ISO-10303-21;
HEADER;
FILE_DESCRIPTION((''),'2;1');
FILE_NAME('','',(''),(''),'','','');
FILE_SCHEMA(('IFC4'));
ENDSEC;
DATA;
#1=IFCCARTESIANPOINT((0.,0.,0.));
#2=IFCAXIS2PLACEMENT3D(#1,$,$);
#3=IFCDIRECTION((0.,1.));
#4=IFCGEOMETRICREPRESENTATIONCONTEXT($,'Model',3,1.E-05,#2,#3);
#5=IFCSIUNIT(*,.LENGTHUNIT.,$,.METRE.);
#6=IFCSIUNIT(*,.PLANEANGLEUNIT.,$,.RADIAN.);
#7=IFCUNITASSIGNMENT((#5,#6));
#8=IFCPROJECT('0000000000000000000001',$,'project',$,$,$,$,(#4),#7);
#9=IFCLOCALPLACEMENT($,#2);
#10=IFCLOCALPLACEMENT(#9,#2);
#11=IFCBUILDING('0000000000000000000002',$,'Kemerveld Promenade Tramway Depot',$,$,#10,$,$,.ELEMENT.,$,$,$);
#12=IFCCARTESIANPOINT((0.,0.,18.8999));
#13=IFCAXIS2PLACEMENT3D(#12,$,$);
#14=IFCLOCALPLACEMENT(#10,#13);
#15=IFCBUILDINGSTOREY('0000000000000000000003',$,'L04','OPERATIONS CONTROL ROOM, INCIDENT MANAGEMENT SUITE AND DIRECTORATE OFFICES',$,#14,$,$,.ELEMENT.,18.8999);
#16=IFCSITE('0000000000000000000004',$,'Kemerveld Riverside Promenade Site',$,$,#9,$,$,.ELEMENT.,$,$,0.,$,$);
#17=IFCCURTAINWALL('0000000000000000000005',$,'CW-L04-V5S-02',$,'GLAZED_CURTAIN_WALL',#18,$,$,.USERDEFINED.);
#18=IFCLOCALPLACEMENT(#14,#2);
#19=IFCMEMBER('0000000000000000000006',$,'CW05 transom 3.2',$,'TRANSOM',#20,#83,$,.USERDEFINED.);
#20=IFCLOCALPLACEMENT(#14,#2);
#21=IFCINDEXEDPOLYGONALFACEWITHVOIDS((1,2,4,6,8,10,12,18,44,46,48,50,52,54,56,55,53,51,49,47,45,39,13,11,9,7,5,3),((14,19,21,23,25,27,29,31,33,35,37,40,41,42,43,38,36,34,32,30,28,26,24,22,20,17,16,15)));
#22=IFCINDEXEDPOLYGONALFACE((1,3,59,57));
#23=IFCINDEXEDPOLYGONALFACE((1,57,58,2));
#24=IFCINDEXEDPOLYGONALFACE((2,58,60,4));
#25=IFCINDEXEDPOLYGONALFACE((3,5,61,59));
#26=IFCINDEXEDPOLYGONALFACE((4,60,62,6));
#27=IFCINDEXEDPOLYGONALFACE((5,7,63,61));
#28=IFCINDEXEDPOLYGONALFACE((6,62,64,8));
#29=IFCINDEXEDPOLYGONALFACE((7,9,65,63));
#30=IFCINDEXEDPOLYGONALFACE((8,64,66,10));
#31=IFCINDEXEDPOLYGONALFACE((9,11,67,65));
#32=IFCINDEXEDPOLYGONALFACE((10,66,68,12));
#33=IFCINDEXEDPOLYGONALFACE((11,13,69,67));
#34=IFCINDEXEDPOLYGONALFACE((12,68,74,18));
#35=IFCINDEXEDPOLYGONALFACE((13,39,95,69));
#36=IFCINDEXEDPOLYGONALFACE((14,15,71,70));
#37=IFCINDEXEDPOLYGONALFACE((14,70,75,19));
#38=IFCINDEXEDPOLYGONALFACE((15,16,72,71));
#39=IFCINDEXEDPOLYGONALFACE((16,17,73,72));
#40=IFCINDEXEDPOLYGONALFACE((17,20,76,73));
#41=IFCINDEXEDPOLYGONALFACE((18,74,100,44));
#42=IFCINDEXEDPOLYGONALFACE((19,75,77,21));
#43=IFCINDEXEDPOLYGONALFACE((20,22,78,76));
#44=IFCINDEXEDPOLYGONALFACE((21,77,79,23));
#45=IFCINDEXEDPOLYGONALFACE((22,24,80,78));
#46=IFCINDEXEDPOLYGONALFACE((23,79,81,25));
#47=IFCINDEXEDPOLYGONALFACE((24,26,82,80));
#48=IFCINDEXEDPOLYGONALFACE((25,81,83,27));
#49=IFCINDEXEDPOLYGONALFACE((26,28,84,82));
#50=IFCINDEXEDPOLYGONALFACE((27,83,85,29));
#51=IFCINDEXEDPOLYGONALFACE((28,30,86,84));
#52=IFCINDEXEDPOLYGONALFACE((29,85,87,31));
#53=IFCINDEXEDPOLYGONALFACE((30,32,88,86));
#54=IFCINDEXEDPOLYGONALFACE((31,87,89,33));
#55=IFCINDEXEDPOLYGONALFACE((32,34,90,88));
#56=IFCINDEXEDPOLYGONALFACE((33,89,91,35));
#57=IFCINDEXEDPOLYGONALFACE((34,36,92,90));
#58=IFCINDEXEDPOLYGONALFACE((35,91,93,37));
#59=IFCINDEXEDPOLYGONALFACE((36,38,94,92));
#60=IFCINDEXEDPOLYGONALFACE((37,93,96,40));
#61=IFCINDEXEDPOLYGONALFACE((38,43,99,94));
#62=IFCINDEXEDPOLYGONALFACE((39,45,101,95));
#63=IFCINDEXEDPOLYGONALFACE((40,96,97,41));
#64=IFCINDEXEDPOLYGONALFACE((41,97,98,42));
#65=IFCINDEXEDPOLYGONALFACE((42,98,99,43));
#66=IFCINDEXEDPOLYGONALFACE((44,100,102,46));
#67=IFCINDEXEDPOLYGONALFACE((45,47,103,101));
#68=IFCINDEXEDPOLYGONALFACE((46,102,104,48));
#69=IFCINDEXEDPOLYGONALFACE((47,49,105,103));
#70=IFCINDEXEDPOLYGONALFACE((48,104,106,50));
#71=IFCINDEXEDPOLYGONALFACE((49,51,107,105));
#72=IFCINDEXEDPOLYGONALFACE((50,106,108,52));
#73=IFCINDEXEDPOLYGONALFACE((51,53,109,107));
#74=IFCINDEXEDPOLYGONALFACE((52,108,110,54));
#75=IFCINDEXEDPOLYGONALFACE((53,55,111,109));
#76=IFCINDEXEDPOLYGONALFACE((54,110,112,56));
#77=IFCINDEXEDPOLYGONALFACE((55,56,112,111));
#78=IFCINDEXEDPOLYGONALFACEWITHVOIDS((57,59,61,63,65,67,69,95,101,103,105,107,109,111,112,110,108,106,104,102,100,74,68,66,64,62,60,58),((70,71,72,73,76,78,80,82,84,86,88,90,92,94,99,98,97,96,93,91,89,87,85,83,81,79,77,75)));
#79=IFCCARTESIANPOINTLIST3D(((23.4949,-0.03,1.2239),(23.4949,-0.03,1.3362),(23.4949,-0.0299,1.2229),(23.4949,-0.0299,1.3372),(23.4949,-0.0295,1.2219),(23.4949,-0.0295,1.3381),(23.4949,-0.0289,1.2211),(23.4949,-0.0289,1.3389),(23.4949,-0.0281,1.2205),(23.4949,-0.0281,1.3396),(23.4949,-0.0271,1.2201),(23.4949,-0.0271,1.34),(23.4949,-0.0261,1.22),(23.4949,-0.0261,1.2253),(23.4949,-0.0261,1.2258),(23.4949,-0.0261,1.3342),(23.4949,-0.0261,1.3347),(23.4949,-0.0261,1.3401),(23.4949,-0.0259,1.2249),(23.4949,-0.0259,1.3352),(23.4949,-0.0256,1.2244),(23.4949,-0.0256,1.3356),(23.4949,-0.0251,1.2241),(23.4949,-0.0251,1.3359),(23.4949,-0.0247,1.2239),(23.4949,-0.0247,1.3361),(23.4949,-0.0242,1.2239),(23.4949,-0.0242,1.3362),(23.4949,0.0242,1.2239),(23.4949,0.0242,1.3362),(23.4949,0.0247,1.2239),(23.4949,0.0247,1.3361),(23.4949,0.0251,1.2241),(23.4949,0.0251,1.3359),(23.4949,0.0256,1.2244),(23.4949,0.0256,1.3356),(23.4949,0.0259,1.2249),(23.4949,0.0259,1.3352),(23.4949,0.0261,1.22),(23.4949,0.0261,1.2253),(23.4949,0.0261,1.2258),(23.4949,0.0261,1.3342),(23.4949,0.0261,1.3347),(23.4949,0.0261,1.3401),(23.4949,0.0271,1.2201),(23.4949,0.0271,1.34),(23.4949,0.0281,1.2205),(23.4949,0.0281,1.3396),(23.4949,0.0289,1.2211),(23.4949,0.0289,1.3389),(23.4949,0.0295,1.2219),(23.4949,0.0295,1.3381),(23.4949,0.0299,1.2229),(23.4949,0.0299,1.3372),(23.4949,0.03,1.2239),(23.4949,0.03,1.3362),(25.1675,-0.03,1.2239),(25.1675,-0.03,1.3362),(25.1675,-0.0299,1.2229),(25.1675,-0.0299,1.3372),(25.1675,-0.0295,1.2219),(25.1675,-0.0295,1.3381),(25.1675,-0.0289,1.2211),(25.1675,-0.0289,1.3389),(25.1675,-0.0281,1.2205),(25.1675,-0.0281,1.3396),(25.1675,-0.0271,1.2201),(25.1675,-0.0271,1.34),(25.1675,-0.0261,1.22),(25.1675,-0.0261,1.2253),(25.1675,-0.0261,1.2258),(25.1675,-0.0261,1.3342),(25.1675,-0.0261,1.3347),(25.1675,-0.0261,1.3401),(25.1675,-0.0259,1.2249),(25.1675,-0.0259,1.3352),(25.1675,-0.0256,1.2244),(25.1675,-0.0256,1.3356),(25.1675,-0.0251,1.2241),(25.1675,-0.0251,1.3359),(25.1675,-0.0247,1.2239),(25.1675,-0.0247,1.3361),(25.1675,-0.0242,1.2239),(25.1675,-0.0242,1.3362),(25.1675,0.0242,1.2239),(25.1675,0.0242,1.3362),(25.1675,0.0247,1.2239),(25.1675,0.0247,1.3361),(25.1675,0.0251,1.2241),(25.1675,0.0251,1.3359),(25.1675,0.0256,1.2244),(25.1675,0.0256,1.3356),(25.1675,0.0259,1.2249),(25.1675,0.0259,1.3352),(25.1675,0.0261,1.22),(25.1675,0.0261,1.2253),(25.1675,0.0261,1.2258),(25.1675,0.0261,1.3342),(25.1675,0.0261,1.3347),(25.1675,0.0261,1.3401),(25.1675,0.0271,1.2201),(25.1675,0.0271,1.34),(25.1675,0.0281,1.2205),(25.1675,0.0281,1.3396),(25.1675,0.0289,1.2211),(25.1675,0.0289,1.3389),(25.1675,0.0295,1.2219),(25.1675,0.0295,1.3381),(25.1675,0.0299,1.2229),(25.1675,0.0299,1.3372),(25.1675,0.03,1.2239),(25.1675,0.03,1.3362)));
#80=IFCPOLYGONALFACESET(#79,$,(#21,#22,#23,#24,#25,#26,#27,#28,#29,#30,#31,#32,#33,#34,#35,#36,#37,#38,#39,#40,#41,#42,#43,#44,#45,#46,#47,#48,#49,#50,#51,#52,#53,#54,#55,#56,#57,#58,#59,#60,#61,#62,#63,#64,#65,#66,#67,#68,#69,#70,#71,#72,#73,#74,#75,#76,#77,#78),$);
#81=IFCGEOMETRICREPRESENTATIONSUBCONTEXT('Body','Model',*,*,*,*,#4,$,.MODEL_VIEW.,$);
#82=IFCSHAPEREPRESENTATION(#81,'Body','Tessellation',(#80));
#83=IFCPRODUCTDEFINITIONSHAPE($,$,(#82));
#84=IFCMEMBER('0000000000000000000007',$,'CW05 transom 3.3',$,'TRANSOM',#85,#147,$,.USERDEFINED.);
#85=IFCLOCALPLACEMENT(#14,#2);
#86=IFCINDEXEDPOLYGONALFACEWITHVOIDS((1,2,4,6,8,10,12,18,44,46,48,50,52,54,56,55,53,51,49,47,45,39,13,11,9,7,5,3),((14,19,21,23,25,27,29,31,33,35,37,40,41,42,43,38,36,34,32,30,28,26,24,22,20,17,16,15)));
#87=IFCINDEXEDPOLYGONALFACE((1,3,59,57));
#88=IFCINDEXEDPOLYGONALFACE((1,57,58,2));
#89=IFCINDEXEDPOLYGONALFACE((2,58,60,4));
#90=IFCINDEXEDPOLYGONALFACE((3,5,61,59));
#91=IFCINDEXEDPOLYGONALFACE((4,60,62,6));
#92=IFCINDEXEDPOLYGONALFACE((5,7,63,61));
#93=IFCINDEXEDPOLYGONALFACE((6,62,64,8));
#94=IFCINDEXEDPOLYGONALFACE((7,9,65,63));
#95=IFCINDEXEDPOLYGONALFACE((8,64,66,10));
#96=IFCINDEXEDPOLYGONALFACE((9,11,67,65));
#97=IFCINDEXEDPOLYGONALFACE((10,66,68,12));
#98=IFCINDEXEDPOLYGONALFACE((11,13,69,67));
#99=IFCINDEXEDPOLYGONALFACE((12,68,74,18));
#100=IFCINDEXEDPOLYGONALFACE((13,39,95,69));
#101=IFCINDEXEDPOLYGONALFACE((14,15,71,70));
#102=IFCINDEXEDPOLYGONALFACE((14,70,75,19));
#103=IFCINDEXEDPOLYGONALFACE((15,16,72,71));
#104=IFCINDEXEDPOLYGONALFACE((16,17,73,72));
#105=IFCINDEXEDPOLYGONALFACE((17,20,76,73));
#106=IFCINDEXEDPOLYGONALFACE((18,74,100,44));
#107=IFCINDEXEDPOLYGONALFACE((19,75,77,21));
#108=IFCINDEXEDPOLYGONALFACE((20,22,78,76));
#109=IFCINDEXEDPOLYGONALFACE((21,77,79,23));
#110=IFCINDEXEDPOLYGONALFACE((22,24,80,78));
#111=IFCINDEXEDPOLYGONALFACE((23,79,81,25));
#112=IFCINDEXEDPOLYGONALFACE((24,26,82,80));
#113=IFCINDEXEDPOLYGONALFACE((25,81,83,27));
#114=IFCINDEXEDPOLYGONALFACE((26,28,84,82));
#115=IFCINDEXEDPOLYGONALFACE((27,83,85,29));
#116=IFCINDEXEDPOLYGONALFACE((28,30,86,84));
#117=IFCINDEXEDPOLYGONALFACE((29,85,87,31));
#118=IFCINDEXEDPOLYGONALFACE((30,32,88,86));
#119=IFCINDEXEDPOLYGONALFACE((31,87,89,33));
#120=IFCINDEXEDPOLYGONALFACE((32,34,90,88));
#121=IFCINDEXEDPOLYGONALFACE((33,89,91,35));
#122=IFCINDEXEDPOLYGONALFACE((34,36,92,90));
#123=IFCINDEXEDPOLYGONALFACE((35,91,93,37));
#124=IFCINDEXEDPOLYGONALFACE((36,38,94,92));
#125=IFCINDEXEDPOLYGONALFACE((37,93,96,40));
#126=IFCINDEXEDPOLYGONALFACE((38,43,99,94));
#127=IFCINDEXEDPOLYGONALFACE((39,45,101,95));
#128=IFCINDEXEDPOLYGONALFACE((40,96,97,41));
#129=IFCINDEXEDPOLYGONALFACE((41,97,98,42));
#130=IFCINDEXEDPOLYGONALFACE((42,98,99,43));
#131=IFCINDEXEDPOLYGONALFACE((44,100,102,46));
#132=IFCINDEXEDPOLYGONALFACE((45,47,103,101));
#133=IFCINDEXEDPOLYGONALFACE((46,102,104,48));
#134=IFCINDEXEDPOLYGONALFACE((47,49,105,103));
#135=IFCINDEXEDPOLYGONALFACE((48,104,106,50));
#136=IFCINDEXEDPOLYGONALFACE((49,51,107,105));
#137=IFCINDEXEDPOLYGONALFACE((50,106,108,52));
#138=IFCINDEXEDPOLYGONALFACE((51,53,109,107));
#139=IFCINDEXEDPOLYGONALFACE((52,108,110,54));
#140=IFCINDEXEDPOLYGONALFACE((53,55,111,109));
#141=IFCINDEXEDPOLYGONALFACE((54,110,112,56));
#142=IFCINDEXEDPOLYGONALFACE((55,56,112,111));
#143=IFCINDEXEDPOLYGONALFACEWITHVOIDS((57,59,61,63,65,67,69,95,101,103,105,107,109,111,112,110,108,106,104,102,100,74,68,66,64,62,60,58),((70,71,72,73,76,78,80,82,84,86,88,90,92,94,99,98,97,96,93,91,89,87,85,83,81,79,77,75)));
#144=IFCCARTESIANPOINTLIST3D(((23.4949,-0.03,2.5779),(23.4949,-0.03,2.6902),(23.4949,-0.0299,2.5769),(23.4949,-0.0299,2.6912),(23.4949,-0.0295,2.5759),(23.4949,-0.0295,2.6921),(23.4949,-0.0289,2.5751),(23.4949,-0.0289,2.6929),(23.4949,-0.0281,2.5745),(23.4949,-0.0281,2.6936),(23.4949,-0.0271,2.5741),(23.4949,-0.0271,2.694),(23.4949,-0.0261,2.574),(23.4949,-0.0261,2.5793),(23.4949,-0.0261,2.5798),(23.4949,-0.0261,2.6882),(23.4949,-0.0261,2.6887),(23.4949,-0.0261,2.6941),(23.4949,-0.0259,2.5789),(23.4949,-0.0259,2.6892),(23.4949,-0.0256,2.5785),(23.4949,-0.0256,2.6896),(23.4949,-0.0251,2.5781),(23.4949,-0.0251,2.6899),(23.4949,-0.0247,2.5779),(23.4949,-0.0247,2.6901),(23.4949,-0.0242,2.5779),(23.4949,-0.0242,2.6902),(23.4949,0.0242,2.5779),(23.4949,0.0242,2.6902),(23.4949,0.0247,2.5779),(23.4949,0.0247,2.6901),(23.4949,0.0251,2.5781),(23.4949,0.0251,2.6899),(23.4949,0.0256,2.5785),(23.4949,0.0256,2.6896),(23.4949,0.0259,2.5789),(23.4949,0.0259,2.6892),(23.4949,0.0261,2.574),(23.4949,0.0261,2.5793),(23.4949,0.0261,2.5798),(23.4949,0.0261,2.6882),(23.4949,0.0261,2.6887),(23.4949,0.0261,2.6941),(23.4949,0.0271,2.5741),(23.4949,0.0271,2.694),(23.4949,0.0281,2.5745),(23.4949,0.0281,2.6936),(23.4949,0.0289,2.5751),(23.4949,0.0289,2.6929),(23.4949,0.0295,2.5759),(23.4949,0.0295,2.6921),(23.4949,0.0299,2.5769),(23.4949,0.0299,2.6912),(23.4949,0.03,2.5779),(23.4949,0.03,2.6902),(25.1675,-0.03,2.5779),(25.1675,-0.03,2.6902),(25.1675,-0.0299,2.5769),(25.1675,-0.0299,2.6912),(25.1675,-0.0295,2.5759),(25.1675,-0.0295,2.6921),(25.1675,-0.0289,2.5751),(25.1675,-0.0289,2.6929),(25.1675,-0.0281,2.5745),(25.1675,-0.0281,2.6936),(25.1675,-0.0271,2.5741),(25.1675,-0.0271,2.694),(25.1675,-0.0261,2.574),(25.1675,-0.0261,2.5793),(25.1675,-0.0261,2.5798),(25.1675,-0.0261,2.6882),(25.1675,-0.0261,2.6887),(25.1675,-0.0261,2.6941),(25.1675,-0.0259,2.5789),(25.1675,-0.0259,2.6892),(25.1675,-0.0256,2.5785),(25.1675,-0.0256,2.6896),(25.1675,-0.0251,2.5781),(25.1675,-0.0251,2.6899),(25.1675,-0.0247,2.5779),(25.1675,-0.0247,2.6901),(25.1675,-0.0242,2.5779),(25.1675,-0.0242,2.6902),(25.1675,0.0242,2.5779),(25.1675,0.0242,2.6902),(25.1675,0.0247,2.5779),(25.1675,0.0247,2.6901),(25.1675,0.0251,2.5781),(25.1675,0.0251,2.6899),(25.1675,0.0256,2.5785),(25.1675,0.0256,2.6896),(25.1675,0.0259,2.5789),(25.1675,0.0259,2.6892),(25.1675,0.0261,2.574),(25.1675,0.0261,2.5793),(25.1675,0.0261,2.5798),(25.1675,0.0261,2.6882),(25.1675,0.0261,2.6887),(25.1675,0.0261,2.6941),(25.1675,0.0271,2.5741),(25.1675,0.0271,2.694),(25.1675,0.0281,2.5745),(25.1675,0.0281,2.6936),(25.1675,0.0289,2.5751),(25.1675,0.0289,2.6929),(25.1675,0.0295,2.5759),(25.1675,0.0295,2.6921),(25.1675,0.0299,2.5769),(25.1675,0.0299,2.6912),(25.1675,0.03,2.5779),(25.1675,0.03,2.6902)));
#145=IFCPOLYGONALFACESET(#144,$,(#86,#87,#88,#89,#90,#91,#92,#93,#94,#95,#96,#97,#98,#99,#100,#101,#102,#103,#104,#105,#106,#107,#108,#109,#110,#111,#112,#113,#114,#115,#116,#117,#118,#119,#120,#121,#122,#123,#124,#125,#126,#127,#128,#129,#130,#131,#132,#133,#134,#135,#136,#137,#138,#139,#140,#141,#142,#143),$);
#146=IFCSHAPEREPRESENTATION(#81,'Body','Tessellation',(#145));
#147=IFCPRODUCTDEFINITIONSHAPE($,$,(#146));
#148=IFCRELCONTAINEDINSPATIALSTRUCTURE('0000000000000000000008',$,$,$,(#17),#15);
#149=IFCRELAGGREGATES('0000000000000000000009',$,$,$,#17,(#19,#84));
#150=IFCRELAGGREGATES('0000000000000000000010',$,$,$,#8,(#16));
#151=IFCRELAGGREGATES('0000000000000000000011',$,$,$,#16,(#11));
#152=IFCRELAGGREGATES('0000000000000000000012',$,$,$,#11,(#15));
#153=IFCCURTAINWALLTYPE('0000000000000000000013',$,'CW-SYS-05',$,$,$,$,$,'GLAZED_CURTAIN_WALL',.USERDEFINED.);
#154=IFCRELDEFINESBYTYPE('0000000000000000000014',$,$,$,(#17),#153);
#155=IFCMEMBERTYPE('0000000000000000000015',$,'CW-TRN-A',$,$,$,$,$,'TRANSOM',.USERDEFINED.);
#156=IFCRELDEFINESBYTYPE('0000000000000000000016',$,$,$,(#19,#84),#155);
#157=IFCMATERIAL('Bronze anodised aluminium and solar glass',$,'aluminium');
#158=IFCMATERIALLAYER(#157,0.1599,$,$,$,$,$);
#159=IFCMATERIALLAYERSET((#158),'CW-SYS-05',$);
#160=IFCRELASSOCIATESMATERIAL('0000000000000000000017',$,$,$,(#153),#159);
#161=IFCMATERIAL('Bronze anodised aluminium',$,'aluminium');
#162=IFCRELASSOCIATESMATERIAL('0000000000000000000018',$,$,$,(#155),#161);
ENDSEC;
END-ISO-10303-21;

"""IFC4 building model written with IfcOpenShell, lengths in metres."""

from ifc_helpers import new_model, si_unit, direction, frame, origin, origin_2d, place, context, subcontext, project, spatial, hollow_rectangle, extrude, material, layer, layer_set, material_profile, profile_set, type_object, element, aggregate, save


model = new_model("IFC4")

# Units and contexts
model_context = context("Model", 3, precision=1e-05, world=origin(), true_north=direction((0.0, 1.0)))
body_context = subcontext(model_context, "Body", "Model", "MODEL_VIEW")
ifc_project = project(units=[si_unit("LENGTHUNIT", "METRE"), si_unit("PLANEANGLEUNIT", "RADIAN")], contexts=[model_context])

# Site, building, storey
site_placement = place(None, origin())
site = spatial("IfcSite", under=ifc_project, at=site_placement, Name="Kemerveld Riverside Promenade Site", CompositionType="ELEMENT", RefElevation=0.0)
building_placement = place(site_placement, origin())
building = spatial("IfcBuilding", under=site, at=building_placement, Name="Kemerveld Promenade Tramway Depot", CompositionType="ELEMENT")
storey_placement = place(building_placement, frame((0.0, 0.0, 18.8999)))
storey = spatial("IfcBuildingStorey", under=building, at=storey_placement, Name="L04", Description="OPERATIONS CONTROL ROOM, INCIDENT MANAGEMENT SUITE AND DIRECTORATE OFFICES", CompositionType="ELEMENT", Elevation=18.8999)

# Curtain wall, members
ifc_material_1 = material(Name="Bronze anodised aluminium and solar glass", Category="aluminium")
ifc_layer_1 = layer(ifc_material_1, 0.1599)
ifc_layer_set_1 = layer_set([ifc_layer_1], Name="CW-SYS-05")
curtain_wall_type = type_object("IfcCurtainWallType", Name="CW-SYS-05", ElementType="GLAZED_CURTAIN_WALL", PredefinedType="USERDEFINED", material=ifc_layer_set_1)
curtain_wall_placement = place(storey_placement, origin())
curtain_wall = element("IfcCurtainWall", 1, at=curtain_wall_placement, inside=storey, type_object=curtain_wall_type, Name="CW-L04-V5S-02", ObjectType="GLAZED_CURTAIN_WALL", PredefinedType="USERDEFINED")
ifc_material_2 = material(Name="Bronze anodised aluminium", Category="aluminium")
ifc_material_profile_1 = material_profile(ifc_material_2, hollow_rectangle(XDim=0.0601, YDim=0.1201, WallThickness=0.0039, InnerFilletRadius=0.002, OuterFilletRadius=0.0039, at=origin_2d()), Name="CW-TRN-120x60")
ifc_profile_set_1 = profile_set([ifc_material_profile_1], Name="Bronze anodised aluminium")
member_type_1 = type_object("IfcMemberType", Name="CW-TRN-A", ElementType="TRANSOM", PredefinedType="USERDEFINED", material=ifc_profile_set_1)
member_1_placement = place(storey_placement, frame((25.1675, 0.0, 1.28), z_axis=(-1.0, 0.0, 0.0), x_axis=(0.0, -1.0, 0.0)))
member_1 = element("IfcMember", 2, at=member_1_placement, type_object=member_type_1, Name="CW05 transom 3.2", ObjectType="TRANSOM", PredefinedType="USERDEFINED", context=body_context, shape_type="SweptSolid", body=[
    extrude(hollow_rectangle(XDim=0.0601, YDim=0.1201, WallThickness=0.0039, InnerFilletRadius=0.002, OuterFilletRadius=0.0039, at=origin_2d()), origin(), (0.0, 0.0, 1.0), 1.6726),
])
member_2_placement = place(storey_placement, frame((25.1675, 0.0, 2.634), z_axis=(-1.0, 0.0, 0.0), x_axis=(0.0, -1.0, 0.0)))
member_2 = element("IfcMember", 3, at=member_2_placement, type_object=member_type_1, Name="CW05 transom 3.3", ObjectType="TRANSOM", PredefinedType="USERDEFINED", context=body_context, shape_type="SweptSolid", body=[
    extrude(hollow_rectangle(XDim=0.0601, YDim=0.1201, WallThickness=0.0039, InnerFilletRadius=0.002, OuterFilletRadius=0.0039, at=origin_2d()), origin(), (0.0, 0.0, 1.0), 1.6726),
])
aggregate(curtain_wall, [member_1, member_2])

save(model, "model.ifc")
